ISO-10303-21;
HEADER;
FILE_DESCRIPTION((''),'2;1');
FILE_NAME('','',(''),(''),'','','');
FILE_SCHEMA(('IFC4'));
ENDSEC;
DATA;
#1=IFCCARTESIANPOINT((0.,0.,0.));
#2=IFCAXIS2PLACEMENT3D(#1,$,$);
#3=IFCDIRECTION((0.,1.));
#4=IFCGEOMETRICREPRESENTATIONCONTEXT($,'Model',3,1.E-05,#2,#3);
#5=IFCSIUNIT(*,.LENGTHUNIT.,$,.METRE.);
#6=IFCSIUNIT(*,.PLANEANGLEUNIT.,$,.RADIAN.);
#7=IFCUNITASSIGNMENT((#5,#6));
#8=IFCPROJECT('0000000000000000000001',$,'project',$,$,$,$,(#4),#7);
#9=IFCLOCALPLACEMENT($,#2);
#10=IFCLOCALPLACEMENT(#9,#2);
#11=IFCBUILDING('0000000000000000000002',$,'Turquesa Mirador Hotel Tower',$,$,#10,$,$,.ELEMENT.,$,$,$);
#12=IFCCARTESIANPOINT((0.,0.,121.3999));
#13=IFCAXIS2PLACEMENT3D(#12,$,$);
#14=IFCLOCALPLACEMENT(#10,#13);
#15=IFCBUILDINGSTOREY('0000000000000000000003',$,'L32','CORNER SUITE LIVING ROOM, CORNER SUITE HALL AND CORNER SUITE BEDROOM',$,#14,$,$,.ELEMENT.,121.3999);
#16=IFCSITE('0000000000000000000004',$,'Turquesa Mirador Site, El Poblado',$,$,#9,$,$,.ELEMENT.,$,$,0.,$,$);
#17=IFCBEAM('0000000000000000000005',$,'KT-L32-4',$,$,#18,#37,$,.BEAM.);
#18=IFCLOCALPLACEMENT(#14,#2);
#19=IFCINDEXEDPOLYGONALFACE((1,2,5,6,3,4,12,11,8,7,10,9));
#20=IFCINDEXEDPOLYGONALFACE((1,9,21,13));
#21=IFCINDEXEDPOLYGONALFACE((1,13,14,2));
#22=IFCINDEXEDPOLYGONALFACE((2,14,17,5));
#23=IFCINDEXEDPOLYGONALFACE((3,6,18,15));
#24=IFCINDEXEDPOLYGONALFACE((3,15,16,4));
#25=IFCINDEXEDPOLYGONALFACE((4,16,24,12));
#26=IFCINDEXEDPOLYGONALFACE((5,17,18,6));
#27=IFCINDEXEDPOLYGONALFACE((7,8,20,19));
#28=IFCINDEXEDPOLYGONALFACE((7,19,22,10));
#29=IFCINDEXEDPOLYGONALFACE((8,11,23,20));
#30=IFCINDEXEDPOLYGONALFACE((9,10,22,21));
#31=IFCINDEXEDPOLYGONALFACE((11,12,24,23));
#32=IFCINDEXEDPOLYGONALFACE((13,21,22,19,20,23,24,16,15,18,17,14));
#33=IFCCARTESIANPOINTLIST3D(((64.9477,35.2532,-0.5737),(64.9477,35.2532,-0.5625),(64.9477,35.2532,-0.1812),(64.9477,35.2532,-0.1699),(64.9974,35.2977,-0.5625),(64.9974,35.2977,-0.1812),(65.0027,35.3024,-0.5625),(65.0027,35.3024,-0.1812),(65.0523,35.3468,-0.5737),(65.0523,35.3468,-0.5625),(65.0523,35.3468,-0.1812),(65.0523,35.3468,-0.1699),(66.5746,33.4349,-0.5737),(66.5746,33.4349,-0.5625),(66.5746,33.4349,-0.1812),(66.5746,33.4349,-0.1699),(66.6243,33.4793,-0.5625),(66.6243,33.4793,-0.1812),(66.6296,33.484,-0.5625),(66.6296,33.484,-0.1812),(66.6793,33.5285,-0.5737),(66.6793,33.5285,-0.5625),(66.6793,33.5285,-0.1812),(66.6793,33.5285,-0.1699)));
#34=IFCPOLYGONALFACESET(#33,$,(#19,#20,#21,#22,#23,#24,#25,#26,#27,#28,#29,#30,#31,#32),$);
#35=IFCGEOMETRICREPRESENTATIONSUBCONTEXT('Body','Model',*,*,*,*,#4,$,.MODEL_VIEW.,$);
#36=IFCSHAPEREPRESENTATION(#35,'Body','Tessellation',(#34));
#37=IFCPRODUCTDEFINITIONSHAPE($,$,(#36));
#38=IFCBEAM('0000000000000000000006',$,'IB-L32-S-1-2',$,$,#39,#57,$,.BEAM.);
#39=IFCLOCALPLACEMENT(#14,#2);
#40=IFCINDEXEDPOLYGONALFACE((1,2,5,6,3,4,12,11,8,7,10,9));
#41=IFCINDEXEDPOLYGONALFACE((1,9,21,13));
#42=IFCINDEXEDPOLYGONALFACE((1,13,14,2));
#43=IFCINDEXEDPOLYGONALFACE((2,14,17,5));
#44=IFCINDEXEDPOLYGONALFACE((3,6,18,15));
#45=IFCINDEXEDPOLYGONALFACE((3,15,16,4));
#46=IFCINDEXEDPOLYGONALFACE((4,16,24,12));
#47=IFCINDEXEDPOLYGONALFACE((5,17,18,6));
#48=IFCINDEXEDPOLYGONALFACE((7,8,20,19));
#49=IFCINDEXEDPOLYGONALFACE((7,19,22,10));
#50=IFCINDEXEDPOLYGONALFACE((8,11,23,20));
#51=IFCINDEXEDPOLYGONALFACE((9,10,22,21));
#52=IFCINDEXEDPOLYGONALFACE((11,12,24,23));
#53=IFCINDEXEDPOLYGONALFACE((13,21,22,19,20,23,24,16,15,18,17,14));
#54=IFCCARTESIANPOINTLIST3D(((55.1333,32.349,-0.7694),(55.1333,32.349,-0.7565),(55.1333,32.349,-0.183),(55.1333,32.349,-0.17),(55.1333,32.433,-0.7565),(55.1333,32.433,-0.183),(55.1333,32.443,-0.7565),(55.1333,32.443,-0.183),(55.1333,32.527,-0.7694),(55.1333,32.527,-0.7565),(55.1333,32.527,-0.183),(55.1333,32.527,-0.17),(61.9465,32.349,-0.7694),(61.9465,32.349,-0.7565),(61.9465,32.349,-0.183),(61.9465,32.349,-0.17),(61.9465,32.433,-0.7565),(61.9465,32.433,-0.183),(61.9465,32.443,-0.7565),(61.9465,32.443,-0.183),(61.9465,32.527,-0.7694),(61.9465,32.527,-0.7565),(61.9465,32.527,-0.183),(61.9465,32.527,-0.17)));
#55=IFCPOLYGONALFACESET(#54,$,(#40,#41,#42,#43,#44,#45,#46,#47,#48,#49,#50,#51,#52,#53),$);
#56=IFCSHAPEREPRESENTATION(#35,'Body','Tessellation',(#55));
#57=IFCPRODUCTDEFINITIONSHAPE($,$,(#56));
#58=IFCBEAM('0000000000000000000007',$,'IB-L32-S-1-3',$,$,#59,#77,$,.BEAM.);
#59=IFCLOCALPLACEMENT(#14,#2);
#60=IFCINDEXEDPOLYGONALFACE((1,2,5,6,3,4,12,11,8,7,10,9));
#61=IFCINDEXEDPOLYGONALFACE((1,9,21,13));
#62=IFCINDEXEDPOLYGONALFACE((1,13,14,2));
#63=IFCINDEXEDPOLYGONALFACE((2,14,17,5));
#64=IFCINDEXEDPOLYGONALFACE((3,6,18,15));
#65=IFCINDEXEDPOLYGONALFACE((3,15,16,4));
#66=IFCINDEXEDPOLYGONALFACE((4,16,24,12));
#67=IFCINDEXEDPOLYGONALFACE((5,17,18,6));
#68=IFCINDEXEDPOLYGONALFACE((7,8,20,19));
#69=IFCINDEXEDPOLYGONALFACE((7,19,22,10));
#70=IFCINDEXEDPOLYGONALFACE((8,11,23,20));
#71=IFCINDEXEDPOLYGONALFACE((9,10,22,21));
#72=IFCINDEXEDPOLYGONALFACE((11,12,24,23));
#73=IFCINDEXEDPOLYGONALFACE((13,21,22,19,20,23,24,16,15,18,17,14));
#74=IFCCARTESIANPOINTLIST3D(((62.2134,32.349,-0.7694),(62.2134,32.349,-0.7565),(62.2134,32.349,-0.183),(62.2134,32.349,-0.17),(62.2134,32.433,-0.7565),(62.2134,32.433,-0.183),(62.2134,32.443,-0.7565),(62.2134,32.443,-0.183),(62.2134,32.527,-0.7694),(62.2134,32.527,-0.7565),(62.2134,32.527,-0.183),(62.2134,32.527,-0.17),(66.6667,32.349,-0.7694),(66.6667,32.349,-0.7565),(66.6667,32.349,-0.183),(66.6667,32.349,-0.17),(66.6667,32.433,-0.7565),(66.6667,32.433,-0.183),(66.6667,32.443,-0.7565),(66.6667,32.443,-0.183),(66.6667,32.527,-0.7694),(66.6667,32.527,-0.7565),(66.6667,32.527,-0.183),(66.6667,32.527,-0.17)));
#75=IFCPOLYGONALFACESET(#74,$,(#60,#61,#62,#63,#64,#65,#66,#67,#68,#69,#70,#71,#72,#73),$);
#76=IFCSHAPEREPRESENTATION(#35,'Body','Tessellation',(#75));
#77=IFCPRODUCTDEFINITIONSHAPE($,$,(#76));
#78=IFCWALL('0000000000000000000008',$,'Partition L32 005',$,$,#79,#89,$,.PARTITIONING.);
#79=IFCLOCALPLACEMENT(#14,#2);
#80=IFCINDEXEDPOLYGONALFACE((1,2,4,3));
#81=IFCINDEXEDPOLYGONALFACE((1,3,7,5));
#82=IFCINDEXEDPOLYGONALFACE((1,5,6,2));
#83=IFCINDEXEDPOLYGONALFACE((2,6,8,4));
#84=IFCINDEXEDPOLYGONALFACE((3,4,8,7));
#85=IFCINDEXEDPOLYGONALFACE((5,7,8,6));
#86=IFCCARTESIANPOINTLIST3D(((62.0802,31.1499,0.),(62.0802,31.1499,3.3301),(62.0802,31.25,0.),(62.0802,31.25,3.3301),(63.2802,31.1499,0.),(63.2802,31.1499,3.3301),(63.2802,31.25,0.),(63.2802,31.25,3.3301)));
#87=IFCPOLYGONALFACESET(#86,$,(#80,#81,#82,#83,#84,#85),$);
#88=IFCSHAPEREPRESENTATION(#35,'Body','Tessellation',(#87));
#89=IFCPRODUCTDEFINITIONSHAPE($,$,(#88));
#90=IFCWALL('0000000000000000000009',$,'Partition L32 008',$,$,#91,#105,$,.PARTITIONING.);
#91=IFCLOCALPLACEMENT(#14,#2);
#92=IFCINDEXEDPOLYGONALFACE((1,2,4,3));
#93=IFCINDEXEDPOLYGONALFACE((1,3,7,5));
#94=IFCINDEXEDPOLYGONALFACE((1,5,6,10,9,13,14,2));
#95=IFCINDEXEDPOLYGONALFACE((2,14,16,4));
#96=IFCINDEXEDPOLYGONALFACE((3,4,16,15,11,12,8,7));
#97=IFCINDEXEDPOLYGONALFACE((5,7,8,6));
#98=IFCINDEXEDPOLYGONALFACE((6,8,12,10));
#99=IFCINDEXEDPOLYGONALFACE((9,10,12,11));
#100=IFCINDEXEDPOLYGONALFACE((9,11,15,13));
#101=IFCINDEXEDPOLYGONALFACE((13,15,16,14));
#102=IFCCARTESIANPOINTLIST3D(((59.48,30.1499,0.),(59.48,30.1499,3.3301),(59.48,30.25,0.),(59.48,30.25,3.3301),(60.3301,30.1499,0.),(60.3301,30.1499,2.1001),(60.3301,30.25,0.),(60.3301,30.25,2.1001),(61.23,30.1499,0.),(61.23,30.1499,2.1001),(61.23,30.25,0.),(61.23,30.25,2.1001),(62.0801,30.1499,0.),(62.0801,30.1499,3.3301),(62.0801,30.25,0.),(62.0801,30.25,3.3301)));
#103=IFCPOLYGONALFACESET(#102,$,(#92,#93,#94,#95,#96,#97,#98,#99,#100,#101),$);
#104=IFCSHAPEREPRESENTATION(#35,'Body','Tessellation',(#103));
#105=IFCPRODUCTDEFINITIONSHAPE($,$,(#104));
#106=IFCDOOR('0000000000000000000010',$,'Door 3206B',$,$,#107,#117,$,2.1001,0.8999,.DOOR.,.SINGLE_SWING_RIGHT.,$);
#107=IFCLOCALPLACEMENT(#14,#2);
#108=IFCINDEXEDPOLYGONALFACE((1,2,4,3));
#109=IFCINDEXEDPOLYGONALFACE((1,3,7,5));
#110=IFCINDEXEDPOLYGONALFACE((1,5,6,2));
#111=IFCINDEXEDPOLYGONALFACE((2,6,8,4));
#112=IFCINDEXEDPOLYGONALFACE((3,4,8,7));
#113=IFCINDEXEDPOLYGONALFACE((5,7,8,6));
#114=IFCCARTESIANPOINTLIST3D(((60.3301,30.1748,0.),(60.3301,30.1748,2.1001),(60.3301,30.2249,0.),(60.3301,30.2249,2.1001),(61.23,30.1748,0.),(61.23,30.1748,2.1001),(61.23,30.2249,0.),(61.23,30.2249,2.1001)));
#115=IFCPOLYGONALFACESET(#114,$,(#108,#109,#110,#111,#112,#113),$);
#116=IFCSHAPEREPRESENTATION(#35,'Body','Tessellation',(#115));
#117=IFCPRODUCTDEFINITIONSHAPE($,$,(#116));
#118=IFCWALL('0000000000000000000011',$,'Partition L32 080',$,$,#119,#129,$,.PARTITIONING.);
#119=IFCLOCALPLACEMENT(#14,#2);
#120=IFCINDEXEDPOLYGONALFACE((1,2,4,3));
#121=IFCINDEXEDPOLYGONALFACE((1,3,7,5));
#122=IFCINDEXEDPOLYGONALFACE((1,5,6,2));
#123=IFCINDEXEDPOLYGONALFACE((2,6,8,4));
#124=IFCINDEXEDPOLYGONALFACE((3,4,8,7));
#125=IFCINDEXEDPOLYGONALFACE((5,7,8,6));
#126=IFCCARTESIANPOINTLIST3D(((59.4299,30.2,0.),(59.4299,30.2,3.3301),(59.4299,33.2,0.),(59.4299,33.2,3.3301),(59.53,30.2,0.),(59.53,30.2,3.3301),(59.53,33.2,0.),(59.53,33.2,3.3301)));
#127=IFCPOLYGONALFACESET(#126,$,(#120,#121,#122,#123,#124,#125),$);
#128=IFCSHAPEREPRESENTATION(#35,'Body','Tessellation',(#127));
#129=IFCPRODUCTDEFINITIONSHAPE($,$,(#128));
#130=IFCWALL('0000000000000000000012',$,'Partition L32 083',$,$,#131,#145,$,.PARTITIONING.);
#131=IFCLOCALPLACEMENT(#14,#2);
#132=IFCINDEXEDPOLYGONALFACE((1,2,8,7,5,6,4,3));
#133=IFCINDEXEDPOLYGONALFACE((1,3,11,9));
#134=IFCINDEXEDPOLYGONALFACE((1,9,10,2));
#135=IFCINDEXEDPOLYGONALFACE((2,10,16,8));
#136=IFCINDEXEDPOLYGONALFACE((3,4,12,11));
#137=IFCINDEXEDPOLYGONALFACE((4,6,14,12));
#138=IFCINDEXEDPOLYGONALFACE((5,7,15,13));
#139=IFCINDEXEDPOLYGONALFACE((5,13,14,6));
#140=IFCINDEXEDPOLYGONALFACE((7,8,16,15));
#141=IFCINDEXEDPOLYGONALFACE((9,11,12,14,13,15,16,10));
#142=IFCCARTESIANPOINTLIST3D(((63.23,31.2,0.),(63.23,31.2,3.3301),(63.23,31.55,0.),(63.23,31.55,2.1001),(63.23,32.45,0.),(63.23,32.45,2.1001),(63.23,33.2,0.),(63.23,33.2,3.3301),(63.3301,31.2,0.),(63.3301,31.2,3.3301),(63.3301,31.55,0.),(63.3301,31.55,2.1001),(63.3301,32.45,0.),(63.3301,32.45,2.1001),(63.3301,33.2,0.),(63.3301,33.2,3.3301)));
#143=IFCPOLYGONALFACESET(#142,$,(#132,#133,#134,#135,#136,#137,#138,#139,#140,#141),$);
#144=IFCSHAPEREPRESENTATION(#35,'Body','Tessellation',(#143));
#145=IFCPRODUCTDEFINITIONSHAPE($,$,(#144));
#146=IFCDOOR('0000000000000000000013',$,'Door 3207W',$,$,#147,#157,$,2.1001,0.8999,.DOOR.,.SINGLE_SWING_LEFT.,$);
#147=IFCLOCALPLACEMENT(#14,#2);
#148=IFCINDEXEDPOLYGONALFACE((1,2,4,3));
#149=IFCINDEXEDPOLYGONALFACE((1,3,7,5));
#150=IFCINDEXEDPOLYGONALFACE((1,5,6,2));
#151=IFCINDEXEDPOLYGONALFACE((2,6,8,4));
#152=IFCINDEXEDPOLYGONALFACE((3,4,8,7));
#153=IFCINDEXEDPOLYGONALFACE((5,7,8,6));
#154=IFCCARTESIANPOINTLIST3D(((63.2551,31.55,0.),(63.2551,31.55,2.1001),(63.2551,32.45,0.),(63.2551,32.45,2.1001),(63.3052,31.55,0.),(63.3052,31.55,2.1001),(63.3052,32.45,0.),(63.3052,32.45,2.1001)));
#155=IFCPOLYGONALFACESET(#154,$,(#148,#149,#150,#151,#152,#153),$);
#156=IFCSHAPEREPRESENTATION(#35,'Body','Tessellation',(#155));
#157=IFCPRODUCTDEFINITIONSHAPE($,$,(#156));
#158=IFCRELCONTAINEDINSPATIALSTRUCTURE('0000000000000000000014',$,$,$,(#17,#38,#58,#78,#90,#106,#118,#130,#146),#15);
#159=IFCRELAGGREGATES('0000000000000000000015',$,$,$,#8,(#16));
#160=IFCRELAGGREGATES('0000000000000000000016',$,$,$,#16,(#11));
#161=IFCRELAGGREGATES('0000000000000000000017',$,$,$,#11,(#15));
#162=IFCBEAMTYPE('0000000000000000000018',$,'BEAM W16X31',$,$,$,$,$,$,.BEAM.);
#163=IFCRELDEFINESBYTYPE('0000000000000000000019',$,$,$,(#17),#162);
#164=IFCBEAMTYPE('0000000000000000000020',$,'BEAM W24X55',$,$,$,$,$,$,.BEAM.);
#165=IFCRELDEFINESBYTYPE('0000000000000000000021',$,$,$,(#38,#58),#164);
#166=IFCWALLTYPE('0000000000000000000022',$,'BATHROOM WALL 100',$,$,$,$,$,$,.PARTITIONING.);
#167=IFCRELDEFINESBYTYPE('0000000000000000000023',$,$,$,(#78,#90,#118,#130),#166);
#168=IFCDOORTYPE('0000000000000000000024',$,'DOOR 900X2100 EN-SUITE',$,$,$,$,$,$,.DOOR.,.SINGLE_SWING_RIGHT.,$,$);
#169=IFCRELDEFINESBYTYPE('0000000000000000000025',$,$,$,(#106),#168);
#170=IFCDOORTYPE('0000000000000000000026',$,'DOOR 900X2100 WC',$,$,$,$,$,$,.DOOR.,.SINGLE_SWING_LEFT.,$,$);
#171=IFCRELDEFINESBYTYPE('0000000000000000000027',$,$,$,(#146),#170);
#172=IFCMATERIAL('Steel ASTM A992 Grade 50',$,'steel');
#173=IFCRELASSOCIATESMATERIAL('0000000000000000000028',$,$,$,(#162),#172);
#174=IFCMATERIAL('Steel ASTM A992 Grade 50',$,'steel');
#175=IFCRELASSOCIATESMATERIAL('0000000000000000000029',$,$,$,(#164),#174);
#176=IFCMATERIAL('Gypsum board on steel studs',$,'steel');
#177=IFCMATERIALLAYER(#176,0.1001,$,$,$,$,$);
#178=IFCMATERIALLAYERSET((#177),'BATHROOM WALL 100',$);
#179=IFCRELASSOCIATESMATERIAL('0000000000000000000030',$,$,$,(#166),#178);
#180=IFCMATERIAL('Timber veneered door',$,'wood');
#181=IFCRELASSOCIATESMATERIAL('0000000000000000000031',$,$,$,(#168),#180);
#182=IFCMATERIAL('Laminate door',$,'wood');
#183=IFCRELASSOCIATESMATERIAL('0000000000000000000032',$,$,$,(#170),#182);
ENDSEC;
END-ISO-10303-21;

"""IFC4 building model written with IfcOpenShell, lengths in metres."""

from ifc_helpers import new_model, si_unit, direction, frame, frame_2d, origin, origin_2d, place, context, subcontext, project, spatial, rectangle, i_section, extrude, material, layer, layer_set, material_profile, profile_set, type_object, element, fill, save


model = new_model("IFC4")

# Units and contexts
model_context = context("Model", 3, precision=1e-05, world=origin(), true_north=direction((0.0, 1.0)))
body_context = subcontext(model_context, "Body", "Model", "MODEL_VIEW")
ifc_project = project(units=[si_unit("LENGTHUNIT", "METRE"), si_unit("PLANEANGLEUNIT", "RADIAN")], contexts=[model_context])

# Site, building, storey
site_placement = place(None, origin())
site = spatial("IfcSite", under=ifc_project, at=site_placement, Name="Turquesa Mirador Site, El Poblado", CompositionType="ELEMENT", RefElevation=0.0)
building_placement = place(site_placement, origin())
building = spatial("IfcBuilding", under=site, at=building_placement, Name="Turquesa Mirador Hotel Tower", CompositionType="ELEMENT")
storey_placement = place(building_placement, frame((0.0, 0.0, 121.3999)))
storey = spatial("IfcBuildingStorey", under=building, at=storey_placement, Name="L32", Description="CORNER SUITE LIVING ROOM, CORNER SUITE HALL AND CORNER SUITE BEDROOM", CompositionType="ELEMENT", Elevation=121.3999)

# Beams
ifc_material_1 = material(Name="Steel ASTM A992 Grade 50", Category="steel")
ifc_material_profile_1 = material_profile(ifc_material_1, i_section(OverallWidth=0.1404, OverallDepth=0.4038, WebThickness=0.0071, FlangeThickness=0.0112, at=origin_2d()), Name="W16X31")
ifc_profile_set_1 = profile_set([ifc_material_profile_1], Name="Steel ASTM A992 Grade 50")
beam_type_1 = type_object("IfcBeamType", Name="BEAM W16X31", PredefinedType="BEAM", material=ifc_profile_set_1)
beam_1_placement = place(storey_placement, frame((66.627, 33.4817, -0.3718), z_axis=(-0.666795, 0.745241, 0.0), x_axis=(-0.745241, -0.666795, 0.0)))
element("IfcBeam", 1, at=beam_1_placement, inside=storey, type_object=beam_type_1, Name="KT-L32-4", PredefinedType="BEAM", context=body_context, shape_type="SweptSolid", body=[
    extrude(i_section(OverallWidth=0.1404, OverallDepth=0.4038, WebThickness=0.0071, FlangeThickness=0.0112, at=origin_2d()), origin(), (0.0, 0.0, 1.0), 2.4399),
])
ifc_material_2 = material(Name="Steel ASTM A992 Grade 50", Category="steel")
ifc_material_profile_2 = material_profile(ifc_material_2, i_section(OverallWidth=0.178, OverallDepth=0.5994, WebThickness=0.01, FlangeThickness=0.0129, at=origin_2d()), Name="W24X55")
ifc_profile_set_2 = profile_set([ifc_material_profile_2], Name="Steel ASTM A992 Grade 50")
beam_type_2 = type_object("IfcBeamType", Name="BEAM W24X55", PredefinedType="BEAM", material=ifc_profile_set_2)
beam_2_placement = place(storey_placement, frame((55.1333, 32.438, -0.4697), z_axis=(1.0, 0.0, 0.0), x_axis=(0.0, 1.0, 0.0)))
element("IfcBeam", 2, at=beam_2_placement, inside=storey, type_object=beam_type_2, Name="IB-L32-S-1-2", PredefinedType="BEAM", context=body_context, shape_type="SweptSolid", body=[
    extrude(i_section(OverallWidth=0.178, OverallDepth=0.5994, WebThickness=0.01, FlangeThickness=0.0129, at=origin_2d()), origin(), (0.0, 0.0, 1.0), 6.8132),
])
beam_3_placement = place(storey_placement, frame((62.2134, 32.438, -0.4697), z_axis=(1.0, 0.0, 0.0), x_axis=(0.0, 1.0, 0.0)))
element("IfcBeam", 3, at=beam_3_placement, inside=storey, type_object=beam_type_2, Name="IB-L32-S-1-3", PredefinedType="BEAM", context=body_context, shape_type="SweptSolid", body=[
    extrude(i_section(OverallWidth=0.178, OverallDepth=0.5994, WebThickness=0.01, FlangeThickness=0.0129, at=origin_2d()), origin(), (0.0, 0.0, 1.0), 4.4534),
])

# Wall
ifc_material_3 = material(Name="Gypsum board on steel studs", Category="steel")
ifc_layer_1 = layer(ifc_material_3, 0.1001)
ifc_layer_set_1 = layer_set([ifc_layer_1], Name="BATHROOM WALL 100")
wall_type_1 = type_object("IfcWallType", Name="BATHROOM WALL 100", PredefinedType="PARTITIONING", material=ifc_layer_set_1)
wall_1_placement = place(storey_placement, frame((62.0801, 31.2, 0.0), z_axis=(0.0, 0.0, 1.0), x_axis=(1.0, 0.0, 0.0)))
element("IfcWall", 4, at=wall_1_placement, inside=storey, type_object=wall_type_1, Name="Partition L32 005", PredefinedType="PARTITIONING", context=body_context, shape_type="SweptSolid", body=[
    extrude(rectangle(XDim=1.2, YDim=0.1001, at=frame_2d((0.6001, 0.0))), origin(), (0.0, 0.0, 1.0), 3.3301),
])

# Wall, opening, door
wall_2_placement = place(storey_placement, frame((59.48, 30.2, 0.0), z_axis=(0.0, 0.0, 1.0), x_axis=(1.0, 0.0, 0.0)))
wall_2 = element("IfcWall", 5, at=wall_2_placement, inside=storey, type_object=wall_type_1, Name="Partition L32 008", PredefinedType="PARTITIONING", context=body_context, shape_type="SweptSolid", body=[
    extrude(rectangle(XDim=2.6001, YDim=0.1001, at=frame_2d((1.3, 0.0))), origin(), (0.0, 0.0, 1.0), 3.3301),
])
opening_1_placement = place(wall_2_placement, frame((0.8501, 0.0, 0.0)))
opening_1 = element("IfcOpeningElement", 6, at=opening_1_placement, cuts=wall_2, PredefinedType="OPENING", context=body_context, shape_type="SweptSolid", body=[
    extrude(rectangle(XDim=0.8999, YDim=2.1001, at=frame_2d((0.45, 1.05))), frame((0.0, 0.0601, 0.0), z_axis=(0.0, -1.0, 0.0), x_axis=(1.0, 0.0, 0.0)), (0.0, 0.0, 1.0), 0.1201),
])
ifc_material_4 = material(Name="Timber veneered door", Category="wood")
door_type_1 = type_object("IfcDoorType", Name="DOOR 900X2100 EN-SUITE", OperationType="SINGLE_SWING_RIGHT", PredefinedType="DOOR", material=ifc_material_4)
door_1_placement = place(opening_1_placement, origin())
door_1 = element("IfcDoor", 7, at=door_1_placement, inside=storey, type_object=door_type_1, Name="Door 3206B", OperationType="SINGLE_SWING_RIGHT", OverallHeight=2.1001, OverallWidth=0.8999, PredefinedType="DOOR", context=body_context, shape_type="SweptSolid", body=[
    extrude(rectangle(XDim=0.8999, YDim=2.1001, at=frame_2d((0.45, 1.05))), frame((0.0, 0.0249, 0.0), z_axis=(0.0, -1.0, 0.0), x_axis=(1.0, 0.0, 0.0)), (0.0, 0.0, 1.0), 0.05),
])
fill(opening_1, door_1)

# Wall
wall_3_placement = place(storey_placement, frame((59.48, 30.2, 0.0), z_axis=(0.0, 0.0, 1.0), x_axis=(0.0, 1.0, 0.0)))
element("IfcWall", 8, at=wall_3_placement, inside=storey, type_object=wall_type_1, Name="Partition L32 080", PredefinedType="PARTITIONING", context=body_context, shape_type="SweptSolid", body=[
    extrude(rectangle(XDim=3.0, YDim=0.1001, at=frame_2d((1.5, 0.0))), origin(), (0.0, 0.0, 1.0), 3.3301),
])

# Wall, opening, door
wall_4_placement = place(storey_placement, frame((63.28, 31.2, 0.0), z_axis=(0.0, 0.0, 1.0), x_axis=(0.0, 1.0, 0.0)))
wall_4 = element("IfcWall", 9, at=wall_4_placement, inside=storey, type_object=wall_type_1, Name="Partition L32 083", PredefinedType="PARTITIONING", context=body_context, shape_type="SweptSolid", body=[
    extrude(rectangle(XDim=2.0, YDim=0.1001, at=frame_2d((1.0, 0.0))), origin(), (0.0, 0.0, 1.0), 3.3301),
])
opening_2_placement = place(wall_4_placement, frame((0.3501, 0.0, 0.0)))
opening_2 = element("IfcOpeningElement", 10, at=opening_2_placement, cuts=wall_4, PredefinedType="OPENING", context=body_context, shape_type="SweptSolid", body=[
    extrude(rectangle(XDim=0.8999, YDim=2.1001, at=frame_2d((0.45, 1.05))), frame((0.0, 0.0601, 0.0), z_axis=(0.0, -1.0, 0.0), x_axis=(1.0, 0.0, 0.0)), (0.0, 0.0, 1.0), 0.1201),
])
ifc_material_5 = material(Name="Laminate door", Category="wood")
door_type_2 = type_object("IfcDoorType", Name="DOOR 900X2100 WC", OperationType="SINGLE_SWING_LEFT", PredefinedType="DOOR", material=ifc_material_5)
door_2_placement = place(opening_2_placement, origin())
door_2 = element("IfcDoor", 11, at=door_2_placement, inside=storey, type_object=door_type_2, Name="Door 3207W", OperationType="SINGLE_SWING_LEFT", OverallHeight=2.1001, OverallWidth=0.8999, PredefinedType="DOOR", context=body_context, shape_type="SweptSolid", body=[
    extrude(rectangle(XDim=0.8999, YDim=2.1001, at=frame_2d((0.45, 1.05))), frame((0.0, 0.0249, 0.0), z_axis=(0.0, -1.0, 0.0), x_axis=(1.0, 0.0, 0.0)), (0.0, 0.0, 1.0), 0.05),
])
fill(opening_2, door_2)

save(model, "model.ifc")
